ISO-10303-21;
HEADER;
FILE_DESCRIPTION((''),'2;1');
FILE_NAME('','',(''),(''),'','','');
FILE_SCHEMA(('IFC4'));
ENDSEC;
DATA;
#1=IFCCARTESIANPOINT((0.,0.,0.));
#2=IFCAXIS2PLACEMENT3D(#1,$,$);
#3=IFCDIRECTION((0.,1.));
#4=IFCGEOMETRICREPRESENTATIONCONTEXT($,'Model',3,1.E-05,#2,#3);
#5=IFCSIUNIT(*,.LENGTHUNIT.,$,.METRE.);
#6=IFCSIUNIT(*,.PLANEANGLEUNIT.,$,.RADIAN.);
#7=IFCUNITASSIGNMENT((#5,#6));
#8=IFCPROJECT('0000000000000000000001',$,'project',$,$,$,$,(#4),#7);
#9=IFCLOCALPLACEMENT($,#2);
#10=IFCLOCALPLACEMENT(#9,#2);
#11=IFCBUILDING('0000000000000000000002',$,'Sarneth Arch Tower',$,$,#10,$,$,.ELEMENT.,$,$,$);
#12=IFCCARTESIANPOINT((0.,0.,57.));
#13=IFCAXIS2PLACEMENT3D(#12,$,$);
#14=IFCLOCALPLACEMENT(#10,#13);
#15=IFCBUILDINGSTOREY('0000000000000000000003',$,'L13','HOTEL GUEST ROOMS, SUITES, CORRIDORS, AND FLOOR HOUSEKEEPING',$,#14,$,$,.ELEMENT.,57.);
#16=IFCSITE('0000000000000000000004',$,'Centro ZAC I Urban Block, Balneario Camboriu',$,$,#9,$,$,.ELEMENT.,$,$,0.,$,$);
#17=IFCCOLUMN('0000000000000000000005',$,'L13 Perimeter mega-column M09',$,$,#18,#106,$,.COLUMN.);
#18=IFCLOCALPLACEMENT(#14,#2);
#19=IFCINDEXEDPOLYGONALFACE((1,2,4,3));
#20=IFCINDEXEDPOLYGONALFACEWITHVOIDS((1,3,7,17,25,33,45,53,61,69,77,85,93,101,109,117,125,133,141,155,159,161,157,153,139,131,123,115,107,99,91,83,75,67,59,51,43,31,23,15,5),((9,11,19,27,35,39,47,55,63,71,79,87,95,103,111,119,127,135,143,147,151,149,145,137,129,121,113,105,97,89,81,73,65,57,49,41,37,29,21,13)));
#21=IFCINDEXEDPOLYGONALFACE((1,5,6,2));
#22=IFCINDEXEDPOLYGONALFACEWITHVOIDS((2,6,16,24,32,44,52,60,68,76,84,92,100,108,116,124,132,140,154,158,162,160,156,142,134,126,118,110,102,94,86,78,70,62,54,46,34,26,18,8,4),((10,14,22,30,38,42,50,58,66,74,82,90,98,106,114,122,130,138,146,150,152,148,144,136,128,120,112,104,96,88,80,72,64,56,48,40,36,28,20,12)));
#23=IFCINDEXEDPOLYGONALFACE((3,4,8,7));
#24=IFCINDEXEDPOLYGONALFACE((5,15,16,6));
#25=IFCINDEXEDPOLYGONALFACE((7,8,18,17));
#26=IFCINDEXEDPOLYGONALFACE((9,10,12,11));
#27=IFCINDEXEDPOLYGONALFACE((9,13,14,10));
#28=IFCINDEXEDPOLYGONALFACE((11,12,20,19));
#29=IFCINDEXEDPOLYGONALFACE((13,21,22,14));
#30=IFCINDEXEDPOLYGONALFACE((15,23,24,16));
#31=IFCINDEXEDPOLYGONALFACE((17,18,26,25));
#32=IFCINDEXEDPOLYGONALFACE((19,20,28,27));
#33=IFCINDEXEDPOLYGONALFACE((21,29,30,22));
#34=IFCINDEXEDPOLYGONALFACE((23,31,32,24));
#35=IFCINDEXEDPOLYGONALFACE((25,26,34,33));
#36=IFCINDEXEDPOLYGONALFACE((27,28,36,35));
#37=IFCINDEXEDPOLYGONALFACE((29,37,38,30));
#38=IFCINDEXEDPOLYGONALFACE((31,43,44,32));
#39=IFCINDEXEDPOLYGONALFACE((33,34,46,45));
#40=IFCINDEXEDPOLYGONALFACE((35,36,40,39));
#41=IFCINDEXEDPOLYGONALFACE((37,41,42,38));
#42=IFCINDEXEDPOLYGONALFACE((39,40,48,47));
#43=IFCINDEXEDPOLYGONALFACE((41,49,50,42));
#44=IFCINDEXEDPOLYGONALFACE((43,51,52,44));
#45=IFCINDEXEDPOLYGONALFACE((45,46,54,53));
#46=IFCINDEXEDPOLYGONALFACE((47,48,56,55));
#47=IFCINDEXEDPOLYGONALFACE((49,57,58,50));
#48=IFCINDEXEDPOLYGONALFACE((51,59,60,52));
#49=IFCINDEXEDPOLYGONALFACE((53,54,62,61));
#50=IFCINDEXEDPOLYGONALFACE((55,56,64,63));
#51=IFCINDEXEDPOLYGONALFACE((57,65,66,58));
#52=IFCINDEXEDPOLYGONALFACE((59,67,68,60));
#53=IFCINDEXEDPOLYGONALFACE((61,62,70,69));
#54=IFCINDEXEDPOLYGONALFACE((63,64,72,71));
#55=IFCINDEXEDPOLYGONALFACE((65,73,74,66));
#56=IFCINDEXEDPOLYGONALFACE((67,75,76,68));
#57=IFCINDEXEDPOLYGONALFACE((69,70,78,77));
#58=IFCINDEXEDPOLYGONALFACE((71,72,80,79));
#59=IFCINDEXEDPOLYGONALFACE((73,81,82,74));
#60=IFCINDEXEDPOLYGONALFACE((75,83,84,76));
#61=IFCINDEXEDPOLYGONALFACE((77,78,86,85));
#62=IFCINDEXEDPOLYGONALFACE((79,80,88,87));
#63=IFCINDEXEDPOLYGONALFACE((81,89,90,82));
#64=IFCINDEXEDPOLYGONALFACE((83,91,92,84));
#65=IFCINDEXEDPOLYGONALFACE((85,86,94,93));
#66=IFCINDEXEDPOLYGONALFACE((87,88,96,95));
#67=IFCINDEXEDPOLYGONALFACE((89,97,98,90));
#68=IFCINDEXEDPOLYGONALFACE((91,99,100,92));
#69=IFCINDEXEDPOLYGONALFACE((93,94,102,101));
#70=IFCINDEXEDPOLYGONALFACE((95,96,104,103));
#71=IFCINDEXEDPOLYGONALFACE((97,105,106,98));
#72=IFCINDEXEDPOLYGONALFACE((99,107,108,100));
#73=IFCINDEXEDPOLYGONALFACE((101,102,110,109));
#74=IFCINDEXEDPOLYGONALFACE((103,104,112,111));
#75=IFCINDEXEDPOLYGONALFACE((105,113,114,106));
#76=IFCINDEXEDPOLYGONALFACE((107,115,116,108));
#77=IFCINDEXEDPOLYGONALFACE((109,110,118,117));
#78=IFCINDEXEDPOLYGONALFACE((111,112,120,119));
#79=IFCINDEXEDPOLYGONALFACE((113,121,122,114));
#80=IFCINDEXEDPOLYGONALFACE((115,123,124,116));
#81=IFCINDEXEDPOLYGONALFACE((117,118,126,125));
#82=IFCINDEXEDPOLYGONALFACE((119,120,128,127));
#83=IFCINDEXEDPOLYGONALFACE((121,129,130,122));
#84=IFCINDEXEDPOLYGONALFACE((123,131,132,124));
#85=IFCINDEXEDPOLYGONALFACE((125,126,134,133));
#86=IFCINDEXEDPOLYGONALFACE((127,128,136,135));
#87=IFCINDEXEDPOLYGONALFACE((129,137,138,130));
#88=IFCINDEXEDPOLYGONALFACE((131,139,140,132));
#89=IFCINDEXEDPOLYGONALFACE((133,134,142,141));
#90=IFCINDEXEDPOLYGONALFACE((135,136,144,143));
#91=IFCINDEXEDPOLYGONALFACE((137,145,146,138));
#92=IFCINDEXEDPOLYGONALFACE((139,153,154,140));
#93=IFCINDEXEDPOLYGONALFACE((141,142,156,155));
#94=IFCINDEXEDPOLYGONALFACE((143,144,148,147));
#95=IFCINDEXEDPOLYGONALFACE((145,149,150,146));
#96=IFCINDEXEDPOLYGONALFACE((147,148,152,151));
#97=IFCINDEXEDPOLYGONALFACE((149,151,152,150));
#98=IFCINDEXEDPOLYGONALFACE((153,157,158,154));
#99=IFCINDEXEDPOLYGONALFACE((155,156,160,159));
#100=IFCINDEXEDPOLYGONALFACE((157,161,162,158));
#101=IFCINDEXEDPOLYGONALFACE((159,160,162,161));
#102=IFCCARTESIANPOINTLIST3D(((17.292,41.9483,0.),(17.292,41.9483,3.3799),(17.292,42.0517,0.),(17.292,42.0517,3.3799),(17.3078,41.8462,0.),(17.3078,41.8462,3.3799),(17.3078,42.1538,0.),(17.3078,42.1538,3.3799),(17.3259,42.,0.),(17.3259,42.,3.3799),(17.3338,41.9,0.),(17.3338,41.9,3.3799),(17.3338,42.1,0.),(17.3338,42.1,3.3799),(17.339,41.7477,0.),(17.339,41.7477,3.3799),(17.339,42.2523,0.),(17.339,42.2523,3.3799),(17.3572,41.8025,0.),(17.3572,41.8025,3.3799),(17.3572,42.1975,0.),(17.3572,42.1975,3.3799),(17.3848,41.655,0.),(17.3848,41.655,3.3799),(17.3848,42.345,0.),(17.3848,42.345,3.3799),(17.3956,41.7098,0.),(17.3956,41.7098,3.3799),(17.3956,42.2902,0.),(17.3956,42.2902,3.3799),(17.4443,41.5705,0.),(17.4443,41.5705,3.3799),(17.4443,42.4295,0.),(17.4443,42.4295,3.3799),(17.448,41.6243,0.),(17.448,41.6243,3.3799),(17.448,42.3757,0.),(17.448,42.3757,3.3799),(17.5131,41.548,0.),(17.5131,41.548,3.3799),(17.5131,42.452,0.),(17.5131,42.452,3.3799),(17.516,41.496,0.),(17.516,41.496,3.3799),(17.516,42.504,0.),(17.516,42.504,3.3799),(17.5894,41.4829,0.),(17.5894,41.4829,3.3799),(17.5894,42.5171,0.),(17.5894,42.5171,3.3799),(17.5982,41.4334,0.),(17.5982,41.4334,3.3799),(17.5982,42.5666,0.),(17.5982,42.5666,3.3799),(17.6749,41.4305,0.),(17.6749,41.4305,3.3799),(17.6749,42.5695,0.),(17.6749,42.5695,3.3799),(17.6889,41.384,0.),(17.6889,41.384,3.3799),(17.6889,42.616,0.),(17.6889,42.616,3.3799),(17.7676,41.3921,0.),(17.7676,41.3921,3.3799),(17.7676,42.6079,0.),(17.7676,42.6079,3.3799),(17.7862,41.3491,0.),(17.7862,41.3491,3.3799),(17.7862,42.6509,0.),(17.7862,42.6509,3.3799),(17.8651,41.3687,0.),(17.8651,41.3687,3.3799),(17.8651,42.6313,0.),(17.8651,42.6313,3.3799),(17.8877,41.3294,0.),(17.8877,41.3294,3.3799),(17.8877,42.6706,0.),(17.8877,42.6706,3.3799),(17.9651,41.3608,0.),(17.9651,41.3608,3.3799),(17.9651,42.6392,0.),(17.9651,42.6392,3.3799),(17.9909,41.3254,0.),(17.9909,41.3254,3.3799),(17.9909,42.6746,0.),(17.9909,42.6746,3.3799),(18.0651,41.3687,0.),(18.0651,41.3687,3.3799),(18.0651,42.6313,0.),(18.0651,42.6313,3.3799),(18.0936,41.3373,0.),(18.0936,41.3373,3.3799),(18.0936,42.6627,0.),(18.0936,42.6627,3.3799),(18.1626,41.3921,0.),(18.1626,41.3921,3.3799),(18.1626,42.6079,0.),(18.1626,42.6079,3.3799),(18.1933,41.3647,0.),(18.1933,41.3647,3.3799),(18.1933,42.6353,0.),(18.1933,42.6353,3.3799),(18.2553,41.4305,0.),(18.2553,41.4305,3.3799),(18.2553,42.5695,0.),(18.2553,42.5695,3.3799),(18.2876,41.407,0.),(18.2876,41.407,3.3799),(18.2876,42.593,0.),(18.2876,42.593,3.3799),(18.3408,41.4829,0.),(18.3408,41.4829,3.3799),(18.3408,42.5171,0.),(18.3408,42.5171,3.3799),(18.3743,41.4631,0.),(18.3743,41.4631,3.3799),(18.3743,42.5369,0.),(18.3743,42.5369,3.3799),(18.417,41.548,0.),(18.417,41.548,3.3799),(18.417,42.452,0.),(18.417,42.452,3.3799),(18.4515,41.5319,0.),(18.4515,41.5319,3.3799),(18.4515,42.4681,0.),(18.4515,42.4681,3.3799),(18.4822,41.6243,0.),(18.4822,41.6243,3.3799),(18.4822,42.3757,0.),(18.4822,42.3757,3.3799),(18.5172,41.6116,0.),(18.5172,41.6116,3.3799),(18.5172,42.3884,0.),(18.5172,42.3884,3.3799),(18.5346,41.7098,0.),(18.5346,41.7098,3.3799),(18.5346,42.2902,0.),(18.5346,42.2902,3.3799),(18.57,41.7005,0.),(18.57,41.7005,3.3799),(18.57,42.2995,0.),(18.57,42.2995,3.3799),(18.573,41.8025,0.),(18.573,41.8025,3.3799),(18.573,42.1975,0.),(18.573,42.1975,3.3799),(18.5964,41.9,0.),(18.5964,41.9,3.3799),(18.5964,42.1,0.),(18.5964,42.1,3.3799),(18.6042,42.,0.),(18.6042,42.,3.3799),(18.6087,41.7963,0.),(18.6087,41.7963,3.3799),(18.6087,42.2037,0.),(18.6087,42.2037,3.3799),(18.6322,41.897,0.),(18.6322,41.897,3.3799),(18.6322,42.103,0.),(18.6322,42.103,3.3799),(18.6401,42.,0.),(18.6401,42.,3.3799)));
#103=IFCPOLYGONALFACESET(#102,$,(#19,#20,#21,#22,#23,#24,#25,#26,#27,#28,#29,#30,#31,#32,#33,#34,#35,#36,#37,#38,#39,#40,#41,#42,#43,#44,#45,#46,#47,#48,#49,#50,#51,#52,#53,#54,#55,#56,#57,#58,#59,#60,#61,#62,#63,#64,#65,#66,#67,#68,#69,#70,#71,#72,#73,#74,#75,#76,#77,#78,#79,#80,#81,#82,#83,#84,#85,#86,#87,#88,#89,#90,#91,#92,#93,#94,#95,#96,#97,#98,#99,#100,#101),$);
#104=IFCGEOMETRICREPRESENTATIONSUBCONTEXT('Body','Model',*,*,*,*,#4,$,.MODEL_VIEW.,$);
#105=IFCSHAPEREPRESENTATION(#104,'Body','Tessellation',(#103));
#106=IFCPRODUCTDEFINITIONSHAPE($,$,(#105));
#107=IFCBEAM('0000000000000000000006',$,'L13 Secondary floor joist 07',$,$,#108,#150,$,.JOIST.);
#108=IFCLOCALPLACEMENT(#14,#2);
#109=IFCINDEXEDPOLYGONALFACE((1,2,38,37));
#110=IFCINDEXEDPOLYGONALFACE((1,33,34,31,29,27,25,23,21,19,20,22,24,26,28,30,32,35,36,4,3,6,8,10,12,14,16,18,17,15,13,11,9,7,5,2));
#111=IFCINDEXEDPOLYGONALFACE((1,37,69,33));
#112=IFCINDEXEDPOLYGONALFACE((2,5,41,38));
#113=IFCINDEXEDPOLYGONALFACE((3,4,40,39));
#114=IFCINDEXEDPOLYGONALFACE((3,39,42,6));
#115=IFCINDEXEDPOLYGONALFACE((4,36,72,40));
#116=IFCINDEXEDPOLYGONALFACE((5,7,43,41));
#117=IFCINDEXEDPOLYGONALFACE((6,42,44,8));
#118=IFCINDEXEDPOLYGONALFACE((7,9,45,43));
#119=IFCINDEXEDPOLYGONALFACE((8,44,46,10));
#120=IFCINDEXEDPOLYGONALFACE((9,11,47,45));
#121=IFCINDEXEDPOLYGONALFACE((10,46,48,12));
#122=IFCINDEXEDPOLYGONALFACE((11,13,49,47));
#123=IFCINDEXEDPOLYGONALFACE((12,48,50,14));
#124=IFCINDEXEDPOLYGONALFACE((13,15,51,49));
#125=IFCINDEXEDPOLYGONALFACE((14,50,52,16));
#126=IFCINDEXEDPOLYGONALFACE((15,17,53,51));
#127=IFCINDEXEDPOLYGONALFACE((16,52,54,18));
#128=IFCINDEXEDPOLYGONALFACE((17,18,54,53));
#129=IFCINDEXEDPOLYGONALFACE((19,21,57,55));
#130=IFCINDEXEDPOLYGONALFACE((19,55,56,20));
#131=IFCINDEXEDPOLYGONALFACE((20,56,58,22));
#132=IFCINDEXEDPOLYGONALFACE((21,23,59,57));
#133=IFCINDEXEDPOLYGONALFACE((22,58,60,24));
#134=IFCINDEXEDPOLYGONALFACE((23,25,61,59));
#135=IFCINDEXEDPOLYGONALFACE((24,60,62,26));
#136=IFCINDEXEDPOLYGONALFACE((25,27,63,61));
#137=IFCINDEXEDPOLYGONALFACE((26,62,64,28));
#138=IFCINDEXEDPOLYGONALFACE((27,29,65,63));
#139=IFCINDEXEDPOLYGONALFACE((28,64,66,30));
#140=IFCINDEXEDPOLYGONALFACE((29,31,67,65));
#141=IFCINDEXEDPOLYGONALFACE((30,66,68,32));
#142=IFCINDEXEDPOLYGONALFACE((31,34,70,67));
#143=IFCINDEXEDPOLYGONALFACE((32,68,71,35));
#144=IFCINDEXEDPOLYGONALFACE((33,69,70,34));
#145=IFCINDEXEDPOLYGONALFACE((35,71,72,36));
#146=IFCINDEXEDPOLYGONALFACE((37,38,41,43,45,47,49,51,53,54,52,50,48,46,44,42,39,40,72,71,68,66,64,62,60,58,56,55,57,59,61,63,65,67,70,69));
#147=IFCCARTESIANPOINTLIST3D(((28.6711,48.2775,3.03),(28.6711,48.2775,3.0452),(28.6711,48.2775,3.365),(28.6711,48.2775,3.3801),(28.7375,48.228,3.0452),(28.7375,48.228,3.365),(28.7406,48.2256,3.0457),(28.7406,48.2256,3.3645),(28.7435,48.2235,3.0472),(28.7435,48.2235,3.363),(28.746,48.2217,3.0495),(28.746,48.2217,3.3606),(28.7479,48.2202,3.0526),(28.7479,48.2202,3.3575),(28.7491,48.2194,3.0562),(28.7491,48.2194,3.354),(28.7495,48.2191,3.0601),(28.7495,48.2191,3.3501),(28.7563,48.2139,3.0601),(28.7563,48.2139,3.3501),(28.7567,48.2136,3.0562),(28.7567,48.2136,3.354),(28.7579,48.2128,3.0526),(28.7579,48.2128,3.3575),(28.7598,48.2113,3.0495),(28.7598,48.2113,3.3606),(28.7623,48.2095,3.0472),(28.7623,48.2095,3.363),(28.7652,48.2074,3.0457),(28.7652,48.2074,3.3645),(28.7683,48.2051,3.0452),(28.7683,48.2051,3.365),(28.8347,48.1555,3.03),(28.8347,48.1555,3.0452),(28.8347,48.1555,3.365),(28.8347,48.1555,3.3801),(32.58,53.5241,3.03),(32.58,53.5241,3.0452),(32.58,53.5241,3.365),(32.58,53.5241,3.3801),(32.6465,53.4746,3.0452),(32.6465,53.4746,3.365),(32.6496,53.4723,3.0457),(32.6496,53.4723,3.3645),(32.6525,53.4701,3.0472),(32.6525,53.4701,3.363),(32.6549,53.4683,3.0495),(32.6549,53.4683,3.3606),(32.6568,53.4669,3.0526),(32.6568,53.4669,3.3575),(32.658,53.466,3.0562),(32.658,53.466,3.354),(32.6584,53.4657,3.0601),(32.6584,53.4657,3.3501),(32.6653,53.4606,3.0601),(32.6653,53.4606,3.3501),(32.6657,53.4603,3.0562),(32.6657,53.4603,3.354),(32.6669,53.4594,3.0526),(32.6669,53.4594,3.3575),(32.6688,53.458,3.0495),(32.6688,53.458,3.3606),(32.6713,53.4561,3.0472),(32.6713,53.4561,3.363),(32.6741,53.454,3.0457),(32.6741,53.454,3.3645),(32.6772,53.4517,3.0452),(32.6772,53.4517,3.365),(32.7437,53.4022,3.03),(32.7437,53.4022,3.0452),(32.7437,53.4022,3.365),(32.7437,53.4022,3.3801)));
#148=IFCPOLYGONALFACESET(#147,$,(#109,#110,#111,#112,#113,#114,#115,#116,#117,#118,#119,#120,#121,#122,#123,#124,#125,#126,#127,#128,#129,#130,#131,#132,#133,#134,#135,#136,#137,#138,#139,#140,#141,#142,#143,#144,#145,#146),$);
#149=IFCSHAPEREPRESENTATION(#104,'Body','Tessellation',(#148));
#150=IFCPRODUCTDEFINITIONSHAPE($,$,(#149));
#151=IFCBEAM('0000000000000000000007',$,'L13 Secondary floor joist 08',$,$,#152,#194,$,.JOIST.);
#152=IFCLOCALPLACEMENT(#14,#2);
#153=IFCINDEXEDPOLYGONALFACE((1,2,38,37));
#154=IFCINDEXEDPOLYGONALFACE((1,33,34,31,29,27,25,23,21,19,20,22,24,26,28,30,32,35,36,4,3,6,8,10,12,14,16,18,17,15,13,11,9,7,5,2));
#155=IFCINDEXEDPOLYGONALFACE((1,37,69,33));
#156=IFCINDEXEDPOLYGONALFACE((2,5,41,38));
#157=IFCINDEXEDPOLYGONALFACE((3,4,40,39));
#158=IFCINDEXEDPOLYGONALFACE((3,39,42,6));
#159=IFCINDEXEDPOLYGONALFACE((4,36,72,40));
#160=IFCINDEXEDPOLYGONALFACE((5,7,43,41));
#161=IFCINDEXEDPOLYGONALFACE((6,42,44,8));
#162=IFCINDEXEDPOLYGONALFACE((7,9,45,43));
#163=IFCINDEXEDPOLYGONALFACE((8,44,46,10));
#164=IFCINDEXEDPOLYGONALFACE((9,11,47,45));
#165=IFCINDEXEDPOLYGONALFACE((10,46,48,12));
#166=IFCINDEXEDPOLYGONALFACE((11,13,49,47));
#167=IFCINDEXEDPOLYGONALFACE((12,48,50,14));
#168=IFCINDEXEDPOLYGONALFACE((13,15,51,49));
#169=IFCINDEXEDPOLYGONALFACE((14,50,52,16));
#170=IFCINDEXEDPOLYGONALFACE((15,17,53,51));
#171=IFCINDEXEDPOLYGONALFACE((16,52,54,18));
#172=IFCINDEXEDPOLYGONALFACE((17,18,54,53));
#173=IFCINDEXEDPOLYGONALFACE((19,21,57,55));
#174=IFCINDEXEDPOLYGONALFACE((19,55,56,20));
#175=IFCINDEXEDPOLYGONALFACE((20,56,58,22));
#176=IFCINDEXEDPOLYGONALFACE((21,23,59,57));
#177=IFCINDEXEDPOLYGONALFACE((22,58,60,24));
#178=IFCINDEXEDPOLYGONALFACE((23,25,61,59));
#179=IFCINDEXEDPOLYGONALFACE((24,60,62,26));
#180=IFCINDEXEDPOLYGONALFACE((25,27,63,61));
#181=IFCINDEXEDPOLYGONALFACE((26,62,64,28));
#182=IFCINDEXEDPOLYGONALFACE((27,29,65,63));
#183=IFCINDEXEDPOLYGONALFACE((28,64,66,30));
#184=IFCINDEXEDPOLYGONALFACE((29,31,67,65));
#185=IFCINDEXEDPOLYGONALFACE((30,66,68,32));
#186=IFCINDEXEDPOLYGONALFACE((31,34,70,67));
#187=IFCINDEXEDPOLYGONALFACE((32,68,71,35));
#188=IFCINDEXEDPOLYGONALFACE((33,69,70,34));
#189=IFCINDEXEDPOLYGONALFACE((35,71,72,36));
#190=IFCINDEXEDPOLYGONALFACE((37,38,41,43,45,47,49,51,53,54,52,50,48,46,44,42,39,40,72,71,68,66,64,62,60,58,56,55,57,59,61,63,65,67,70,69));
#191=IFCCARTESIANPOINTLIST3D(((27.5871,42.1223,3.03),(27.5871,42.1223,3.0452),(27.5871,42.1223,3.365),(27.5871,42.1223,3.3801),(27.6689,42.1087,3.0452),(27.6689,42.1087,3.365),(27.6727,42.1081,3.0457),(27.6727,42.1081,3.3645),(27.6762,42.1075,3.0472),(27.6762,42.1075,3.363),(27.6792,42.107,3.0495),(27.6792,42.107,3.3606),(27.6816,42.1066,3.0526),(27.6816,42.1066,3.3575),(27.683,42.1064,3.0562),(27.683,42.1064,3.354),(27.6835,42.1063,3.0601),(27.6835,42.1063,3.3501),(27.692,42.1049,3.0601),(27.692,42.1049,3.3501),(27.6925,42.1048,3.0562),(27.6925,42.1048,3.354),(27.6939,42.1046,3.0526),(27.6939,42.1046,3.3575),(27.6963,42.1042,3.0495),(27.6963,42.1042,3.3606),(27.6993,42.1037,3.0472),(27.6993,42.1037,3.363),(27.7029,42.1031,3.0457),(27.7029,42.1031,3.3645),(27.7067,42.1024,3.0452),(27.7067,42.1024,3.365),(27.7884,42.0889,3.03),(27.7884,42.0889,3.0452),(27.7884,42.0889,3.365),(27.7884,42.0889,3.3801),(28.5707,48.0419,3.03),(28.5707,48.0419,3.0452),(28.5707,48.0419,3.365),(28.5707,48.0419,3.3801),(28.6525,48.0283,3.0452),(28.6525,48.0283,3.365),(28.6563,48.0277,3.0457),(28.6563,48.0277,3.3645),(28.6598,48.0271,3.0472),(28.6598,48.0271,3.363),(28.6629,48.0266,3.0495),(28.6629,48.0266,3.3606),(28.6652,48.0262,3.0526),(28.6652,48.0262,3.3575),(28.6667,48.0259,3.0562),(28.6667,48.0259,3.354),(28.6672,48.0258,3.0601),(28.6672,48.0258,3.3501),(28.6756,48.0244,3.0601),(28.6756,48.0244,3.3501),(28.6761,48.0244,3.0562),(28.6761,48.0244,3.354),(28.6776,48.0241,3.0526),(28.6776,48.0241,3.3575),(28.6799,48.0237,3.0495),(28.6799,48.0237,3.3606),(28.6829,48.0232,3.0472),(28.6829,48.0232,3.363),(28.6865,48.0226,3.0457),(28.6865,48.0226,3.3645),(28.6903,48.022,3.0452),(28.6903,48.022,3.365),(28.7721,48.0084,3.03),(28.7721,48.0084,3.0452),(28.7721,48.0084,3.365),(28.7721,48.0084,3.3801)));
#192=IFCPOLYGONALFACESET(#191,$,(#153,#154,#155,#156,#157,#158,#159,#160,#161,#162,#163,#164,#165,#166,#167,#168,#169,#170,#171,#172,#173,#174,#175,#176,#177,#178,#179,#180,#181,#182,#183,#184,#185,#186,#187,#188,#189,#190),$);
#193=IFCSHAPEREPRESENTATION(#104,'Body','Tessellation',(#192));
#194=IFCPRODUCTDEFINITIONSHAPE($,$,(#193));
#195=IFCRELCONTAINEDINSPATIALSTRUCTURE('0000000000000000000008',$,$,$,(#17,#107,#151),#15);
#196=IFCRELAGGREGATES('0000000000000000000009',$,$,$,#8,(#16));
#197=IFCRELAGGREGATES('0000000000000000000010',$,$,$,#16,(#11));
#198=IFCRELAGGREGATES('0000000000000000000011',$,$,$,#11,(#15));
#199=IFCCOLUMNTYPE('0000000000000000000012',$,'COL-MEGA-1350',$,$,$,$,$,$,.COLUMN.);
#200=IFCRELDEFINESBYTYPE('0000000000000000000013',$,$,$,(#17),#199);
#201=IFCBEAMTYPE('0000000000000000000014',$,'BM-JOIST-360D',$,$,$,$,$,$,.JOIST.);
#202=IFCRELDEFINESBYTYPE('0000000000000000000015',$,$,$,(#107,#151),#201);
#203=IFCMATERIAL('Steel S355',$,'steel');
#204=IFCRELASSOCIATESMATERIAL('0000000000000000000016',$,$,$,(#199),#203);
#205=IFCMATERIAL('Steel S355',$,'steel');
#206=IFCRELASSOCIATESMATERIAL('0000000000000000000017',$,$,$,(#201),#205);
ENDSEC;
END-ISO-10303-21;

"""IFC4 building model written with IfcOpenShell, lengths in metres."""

from ifc_helpers import new_model, si_unit, direction, frame, origin, origin_2d, place, context, subcontext, project, spatial, hollow_circle, i_section, extrude, material, material_profile, profile_set, type_object, element, save


model = new_model("IFC4")

# Units and contexts
model_context = context("Model", 3, precision=1e-05, world=origin(), true_north=direction((0.0, 1.0)))
body_context = subcontext(model_context, "Body", "Model", "MODEL_VIEW")
ifc_project = project(units=[si_unit("LENGTHUNIT", "METRE"), si_unit("PLANEANGLEUNIT", "RADIAN")], contexts=[model_context])

# Site, building, storey
site_placement = place(None, origin())
site = spatial("IfcSite", under=ifc_project, at=site_placement, Name="Centro ZAC I Urban Block, Balneario Camboriu", CompositionType="ELEMENT", RefElevation=0.0)
building_placement = place(site_placement, origin())
building = spatial("IfcBuilding", under=site, at=building_placement, Name="Sarneth Arch Tower", CompositionType="ELEMENT")
storey_placement = place(building_placement, frame((0.0, 0.0, 57.0)))
storey = spatial("IfcBuildingStorey", under=building, at=storey_placement, Name="L13", Description="HOTEL GUEST ROOMS, SUITES, CORRIDORS, AND FLOOR HOUSEKEEPING", CompositionType="ELEMENT", Elevation=57.0)

# Column
ifc_material_1 = material(Name="Steel S355", Category="steel")
ifc_material_profile_1 = material_profile(ifc_material_1, hollow_circle(Radius=0.675, WallThickness=0.0359, at=origin_2d()), Name="CHS1350x36")
ifc_profile_set_1 = profile_set([ifc_material_profile_1], Name="Steel S355")
column_type = type_object("IfcColumnType", Name="COL-MEGA-1350", PredefinedType="COLUMN", material=ifc_profile_set_1)
for number, where, z_axis, x_axis, name in (
    (1, (17.9651, 42.0, 0.0), (0.0, 0.0, 1.0), (1.0, 0.0, 0.0), "L13 Perimeter mega-column M09"),
):
    element("IfcColumn", number, at=place(storey_placement, frame(where, z_axis=z_axis, x_axis=x_axis)), inside=storey, type_object=column_type, Name=name, PredefinedType="COLUMN", context=body_context, shape_type="SweptSolid", body=[
        extrude(hollow_circle(Radius=0.675, WallThickness=0.0359, at=origin_2d()), origin(), (0.0, 0.0, 1.0), 3.3799),
    ])

# Beams
ifc_material_2 = material(Name="Steel S355", Category="steel")
ifc_material_profile_2 = material_profile(ifc_material_2, i_section(OverallWidth=0.2041, OverallDepth=0.3501, WebThickness=0.0085, FlangeThickness=0.0151, FilletRadius=0.0149, at=origin_2d()), Name="W360x72")
ifc_profile_set_2 = profile_set([ifc_material_profile_2], Name="Steel S355")
beam_type_1 = type_object("IfcBeamType", Name="BM-JOIST-360D", PredefinedType="JOIST", material=ifc_profile_set_2)
beam_1_placement = place(storey_placement, frame((32.6619, 53.4631, 3.2051), z_axis=(-0.597454, -0.801904, 0.0), x_axis=(0.801904, -0.597454, 0.0)))
element("IfcBeam", 2, at=beam_1_placement, inside=storey, type_object=beam_type_1, Name="L13 Secondary floor joist 07", PredefinedType="JOIST", context=body_context, shape_type="SweptSolid", body=[
    extrude(i_section(OverallWidth=0.2041, OverallDepth=0.3501, WebThickness=0.0085, FlangeThickness=0.0151, FilletRadius=0.0149, at=origin_2d()), origin(), (0.0, 0.0, 1.0), 6.5427),
])
beam_2_placement = place(storey_placement, frame((28.6714, 48.0251, 3.2051), z_axis=(-0.163917, -0.986474, 0.0), x_axis=(0.986474, -0.163917, 0.0)))
element("IfcBeam", 3, at=beam_2_placement, inside=storey, type_object=beam_type_1, Name="L13 Secondary floor joist 08", PredefinedType="JOIST", context=body_context, shape_type="SweptSolid", body=[
    extrude(i_section(OverallWidth=0.2041, OverallDepth=0.3501, WebThickness=0.0085, FlangeThickness=0.0151, FilletRadius=0.0149, at=origin_2d()), origin(), (0.0, 0.0, 1.0), 6.0007),
])

save(model, "model.ifc")
